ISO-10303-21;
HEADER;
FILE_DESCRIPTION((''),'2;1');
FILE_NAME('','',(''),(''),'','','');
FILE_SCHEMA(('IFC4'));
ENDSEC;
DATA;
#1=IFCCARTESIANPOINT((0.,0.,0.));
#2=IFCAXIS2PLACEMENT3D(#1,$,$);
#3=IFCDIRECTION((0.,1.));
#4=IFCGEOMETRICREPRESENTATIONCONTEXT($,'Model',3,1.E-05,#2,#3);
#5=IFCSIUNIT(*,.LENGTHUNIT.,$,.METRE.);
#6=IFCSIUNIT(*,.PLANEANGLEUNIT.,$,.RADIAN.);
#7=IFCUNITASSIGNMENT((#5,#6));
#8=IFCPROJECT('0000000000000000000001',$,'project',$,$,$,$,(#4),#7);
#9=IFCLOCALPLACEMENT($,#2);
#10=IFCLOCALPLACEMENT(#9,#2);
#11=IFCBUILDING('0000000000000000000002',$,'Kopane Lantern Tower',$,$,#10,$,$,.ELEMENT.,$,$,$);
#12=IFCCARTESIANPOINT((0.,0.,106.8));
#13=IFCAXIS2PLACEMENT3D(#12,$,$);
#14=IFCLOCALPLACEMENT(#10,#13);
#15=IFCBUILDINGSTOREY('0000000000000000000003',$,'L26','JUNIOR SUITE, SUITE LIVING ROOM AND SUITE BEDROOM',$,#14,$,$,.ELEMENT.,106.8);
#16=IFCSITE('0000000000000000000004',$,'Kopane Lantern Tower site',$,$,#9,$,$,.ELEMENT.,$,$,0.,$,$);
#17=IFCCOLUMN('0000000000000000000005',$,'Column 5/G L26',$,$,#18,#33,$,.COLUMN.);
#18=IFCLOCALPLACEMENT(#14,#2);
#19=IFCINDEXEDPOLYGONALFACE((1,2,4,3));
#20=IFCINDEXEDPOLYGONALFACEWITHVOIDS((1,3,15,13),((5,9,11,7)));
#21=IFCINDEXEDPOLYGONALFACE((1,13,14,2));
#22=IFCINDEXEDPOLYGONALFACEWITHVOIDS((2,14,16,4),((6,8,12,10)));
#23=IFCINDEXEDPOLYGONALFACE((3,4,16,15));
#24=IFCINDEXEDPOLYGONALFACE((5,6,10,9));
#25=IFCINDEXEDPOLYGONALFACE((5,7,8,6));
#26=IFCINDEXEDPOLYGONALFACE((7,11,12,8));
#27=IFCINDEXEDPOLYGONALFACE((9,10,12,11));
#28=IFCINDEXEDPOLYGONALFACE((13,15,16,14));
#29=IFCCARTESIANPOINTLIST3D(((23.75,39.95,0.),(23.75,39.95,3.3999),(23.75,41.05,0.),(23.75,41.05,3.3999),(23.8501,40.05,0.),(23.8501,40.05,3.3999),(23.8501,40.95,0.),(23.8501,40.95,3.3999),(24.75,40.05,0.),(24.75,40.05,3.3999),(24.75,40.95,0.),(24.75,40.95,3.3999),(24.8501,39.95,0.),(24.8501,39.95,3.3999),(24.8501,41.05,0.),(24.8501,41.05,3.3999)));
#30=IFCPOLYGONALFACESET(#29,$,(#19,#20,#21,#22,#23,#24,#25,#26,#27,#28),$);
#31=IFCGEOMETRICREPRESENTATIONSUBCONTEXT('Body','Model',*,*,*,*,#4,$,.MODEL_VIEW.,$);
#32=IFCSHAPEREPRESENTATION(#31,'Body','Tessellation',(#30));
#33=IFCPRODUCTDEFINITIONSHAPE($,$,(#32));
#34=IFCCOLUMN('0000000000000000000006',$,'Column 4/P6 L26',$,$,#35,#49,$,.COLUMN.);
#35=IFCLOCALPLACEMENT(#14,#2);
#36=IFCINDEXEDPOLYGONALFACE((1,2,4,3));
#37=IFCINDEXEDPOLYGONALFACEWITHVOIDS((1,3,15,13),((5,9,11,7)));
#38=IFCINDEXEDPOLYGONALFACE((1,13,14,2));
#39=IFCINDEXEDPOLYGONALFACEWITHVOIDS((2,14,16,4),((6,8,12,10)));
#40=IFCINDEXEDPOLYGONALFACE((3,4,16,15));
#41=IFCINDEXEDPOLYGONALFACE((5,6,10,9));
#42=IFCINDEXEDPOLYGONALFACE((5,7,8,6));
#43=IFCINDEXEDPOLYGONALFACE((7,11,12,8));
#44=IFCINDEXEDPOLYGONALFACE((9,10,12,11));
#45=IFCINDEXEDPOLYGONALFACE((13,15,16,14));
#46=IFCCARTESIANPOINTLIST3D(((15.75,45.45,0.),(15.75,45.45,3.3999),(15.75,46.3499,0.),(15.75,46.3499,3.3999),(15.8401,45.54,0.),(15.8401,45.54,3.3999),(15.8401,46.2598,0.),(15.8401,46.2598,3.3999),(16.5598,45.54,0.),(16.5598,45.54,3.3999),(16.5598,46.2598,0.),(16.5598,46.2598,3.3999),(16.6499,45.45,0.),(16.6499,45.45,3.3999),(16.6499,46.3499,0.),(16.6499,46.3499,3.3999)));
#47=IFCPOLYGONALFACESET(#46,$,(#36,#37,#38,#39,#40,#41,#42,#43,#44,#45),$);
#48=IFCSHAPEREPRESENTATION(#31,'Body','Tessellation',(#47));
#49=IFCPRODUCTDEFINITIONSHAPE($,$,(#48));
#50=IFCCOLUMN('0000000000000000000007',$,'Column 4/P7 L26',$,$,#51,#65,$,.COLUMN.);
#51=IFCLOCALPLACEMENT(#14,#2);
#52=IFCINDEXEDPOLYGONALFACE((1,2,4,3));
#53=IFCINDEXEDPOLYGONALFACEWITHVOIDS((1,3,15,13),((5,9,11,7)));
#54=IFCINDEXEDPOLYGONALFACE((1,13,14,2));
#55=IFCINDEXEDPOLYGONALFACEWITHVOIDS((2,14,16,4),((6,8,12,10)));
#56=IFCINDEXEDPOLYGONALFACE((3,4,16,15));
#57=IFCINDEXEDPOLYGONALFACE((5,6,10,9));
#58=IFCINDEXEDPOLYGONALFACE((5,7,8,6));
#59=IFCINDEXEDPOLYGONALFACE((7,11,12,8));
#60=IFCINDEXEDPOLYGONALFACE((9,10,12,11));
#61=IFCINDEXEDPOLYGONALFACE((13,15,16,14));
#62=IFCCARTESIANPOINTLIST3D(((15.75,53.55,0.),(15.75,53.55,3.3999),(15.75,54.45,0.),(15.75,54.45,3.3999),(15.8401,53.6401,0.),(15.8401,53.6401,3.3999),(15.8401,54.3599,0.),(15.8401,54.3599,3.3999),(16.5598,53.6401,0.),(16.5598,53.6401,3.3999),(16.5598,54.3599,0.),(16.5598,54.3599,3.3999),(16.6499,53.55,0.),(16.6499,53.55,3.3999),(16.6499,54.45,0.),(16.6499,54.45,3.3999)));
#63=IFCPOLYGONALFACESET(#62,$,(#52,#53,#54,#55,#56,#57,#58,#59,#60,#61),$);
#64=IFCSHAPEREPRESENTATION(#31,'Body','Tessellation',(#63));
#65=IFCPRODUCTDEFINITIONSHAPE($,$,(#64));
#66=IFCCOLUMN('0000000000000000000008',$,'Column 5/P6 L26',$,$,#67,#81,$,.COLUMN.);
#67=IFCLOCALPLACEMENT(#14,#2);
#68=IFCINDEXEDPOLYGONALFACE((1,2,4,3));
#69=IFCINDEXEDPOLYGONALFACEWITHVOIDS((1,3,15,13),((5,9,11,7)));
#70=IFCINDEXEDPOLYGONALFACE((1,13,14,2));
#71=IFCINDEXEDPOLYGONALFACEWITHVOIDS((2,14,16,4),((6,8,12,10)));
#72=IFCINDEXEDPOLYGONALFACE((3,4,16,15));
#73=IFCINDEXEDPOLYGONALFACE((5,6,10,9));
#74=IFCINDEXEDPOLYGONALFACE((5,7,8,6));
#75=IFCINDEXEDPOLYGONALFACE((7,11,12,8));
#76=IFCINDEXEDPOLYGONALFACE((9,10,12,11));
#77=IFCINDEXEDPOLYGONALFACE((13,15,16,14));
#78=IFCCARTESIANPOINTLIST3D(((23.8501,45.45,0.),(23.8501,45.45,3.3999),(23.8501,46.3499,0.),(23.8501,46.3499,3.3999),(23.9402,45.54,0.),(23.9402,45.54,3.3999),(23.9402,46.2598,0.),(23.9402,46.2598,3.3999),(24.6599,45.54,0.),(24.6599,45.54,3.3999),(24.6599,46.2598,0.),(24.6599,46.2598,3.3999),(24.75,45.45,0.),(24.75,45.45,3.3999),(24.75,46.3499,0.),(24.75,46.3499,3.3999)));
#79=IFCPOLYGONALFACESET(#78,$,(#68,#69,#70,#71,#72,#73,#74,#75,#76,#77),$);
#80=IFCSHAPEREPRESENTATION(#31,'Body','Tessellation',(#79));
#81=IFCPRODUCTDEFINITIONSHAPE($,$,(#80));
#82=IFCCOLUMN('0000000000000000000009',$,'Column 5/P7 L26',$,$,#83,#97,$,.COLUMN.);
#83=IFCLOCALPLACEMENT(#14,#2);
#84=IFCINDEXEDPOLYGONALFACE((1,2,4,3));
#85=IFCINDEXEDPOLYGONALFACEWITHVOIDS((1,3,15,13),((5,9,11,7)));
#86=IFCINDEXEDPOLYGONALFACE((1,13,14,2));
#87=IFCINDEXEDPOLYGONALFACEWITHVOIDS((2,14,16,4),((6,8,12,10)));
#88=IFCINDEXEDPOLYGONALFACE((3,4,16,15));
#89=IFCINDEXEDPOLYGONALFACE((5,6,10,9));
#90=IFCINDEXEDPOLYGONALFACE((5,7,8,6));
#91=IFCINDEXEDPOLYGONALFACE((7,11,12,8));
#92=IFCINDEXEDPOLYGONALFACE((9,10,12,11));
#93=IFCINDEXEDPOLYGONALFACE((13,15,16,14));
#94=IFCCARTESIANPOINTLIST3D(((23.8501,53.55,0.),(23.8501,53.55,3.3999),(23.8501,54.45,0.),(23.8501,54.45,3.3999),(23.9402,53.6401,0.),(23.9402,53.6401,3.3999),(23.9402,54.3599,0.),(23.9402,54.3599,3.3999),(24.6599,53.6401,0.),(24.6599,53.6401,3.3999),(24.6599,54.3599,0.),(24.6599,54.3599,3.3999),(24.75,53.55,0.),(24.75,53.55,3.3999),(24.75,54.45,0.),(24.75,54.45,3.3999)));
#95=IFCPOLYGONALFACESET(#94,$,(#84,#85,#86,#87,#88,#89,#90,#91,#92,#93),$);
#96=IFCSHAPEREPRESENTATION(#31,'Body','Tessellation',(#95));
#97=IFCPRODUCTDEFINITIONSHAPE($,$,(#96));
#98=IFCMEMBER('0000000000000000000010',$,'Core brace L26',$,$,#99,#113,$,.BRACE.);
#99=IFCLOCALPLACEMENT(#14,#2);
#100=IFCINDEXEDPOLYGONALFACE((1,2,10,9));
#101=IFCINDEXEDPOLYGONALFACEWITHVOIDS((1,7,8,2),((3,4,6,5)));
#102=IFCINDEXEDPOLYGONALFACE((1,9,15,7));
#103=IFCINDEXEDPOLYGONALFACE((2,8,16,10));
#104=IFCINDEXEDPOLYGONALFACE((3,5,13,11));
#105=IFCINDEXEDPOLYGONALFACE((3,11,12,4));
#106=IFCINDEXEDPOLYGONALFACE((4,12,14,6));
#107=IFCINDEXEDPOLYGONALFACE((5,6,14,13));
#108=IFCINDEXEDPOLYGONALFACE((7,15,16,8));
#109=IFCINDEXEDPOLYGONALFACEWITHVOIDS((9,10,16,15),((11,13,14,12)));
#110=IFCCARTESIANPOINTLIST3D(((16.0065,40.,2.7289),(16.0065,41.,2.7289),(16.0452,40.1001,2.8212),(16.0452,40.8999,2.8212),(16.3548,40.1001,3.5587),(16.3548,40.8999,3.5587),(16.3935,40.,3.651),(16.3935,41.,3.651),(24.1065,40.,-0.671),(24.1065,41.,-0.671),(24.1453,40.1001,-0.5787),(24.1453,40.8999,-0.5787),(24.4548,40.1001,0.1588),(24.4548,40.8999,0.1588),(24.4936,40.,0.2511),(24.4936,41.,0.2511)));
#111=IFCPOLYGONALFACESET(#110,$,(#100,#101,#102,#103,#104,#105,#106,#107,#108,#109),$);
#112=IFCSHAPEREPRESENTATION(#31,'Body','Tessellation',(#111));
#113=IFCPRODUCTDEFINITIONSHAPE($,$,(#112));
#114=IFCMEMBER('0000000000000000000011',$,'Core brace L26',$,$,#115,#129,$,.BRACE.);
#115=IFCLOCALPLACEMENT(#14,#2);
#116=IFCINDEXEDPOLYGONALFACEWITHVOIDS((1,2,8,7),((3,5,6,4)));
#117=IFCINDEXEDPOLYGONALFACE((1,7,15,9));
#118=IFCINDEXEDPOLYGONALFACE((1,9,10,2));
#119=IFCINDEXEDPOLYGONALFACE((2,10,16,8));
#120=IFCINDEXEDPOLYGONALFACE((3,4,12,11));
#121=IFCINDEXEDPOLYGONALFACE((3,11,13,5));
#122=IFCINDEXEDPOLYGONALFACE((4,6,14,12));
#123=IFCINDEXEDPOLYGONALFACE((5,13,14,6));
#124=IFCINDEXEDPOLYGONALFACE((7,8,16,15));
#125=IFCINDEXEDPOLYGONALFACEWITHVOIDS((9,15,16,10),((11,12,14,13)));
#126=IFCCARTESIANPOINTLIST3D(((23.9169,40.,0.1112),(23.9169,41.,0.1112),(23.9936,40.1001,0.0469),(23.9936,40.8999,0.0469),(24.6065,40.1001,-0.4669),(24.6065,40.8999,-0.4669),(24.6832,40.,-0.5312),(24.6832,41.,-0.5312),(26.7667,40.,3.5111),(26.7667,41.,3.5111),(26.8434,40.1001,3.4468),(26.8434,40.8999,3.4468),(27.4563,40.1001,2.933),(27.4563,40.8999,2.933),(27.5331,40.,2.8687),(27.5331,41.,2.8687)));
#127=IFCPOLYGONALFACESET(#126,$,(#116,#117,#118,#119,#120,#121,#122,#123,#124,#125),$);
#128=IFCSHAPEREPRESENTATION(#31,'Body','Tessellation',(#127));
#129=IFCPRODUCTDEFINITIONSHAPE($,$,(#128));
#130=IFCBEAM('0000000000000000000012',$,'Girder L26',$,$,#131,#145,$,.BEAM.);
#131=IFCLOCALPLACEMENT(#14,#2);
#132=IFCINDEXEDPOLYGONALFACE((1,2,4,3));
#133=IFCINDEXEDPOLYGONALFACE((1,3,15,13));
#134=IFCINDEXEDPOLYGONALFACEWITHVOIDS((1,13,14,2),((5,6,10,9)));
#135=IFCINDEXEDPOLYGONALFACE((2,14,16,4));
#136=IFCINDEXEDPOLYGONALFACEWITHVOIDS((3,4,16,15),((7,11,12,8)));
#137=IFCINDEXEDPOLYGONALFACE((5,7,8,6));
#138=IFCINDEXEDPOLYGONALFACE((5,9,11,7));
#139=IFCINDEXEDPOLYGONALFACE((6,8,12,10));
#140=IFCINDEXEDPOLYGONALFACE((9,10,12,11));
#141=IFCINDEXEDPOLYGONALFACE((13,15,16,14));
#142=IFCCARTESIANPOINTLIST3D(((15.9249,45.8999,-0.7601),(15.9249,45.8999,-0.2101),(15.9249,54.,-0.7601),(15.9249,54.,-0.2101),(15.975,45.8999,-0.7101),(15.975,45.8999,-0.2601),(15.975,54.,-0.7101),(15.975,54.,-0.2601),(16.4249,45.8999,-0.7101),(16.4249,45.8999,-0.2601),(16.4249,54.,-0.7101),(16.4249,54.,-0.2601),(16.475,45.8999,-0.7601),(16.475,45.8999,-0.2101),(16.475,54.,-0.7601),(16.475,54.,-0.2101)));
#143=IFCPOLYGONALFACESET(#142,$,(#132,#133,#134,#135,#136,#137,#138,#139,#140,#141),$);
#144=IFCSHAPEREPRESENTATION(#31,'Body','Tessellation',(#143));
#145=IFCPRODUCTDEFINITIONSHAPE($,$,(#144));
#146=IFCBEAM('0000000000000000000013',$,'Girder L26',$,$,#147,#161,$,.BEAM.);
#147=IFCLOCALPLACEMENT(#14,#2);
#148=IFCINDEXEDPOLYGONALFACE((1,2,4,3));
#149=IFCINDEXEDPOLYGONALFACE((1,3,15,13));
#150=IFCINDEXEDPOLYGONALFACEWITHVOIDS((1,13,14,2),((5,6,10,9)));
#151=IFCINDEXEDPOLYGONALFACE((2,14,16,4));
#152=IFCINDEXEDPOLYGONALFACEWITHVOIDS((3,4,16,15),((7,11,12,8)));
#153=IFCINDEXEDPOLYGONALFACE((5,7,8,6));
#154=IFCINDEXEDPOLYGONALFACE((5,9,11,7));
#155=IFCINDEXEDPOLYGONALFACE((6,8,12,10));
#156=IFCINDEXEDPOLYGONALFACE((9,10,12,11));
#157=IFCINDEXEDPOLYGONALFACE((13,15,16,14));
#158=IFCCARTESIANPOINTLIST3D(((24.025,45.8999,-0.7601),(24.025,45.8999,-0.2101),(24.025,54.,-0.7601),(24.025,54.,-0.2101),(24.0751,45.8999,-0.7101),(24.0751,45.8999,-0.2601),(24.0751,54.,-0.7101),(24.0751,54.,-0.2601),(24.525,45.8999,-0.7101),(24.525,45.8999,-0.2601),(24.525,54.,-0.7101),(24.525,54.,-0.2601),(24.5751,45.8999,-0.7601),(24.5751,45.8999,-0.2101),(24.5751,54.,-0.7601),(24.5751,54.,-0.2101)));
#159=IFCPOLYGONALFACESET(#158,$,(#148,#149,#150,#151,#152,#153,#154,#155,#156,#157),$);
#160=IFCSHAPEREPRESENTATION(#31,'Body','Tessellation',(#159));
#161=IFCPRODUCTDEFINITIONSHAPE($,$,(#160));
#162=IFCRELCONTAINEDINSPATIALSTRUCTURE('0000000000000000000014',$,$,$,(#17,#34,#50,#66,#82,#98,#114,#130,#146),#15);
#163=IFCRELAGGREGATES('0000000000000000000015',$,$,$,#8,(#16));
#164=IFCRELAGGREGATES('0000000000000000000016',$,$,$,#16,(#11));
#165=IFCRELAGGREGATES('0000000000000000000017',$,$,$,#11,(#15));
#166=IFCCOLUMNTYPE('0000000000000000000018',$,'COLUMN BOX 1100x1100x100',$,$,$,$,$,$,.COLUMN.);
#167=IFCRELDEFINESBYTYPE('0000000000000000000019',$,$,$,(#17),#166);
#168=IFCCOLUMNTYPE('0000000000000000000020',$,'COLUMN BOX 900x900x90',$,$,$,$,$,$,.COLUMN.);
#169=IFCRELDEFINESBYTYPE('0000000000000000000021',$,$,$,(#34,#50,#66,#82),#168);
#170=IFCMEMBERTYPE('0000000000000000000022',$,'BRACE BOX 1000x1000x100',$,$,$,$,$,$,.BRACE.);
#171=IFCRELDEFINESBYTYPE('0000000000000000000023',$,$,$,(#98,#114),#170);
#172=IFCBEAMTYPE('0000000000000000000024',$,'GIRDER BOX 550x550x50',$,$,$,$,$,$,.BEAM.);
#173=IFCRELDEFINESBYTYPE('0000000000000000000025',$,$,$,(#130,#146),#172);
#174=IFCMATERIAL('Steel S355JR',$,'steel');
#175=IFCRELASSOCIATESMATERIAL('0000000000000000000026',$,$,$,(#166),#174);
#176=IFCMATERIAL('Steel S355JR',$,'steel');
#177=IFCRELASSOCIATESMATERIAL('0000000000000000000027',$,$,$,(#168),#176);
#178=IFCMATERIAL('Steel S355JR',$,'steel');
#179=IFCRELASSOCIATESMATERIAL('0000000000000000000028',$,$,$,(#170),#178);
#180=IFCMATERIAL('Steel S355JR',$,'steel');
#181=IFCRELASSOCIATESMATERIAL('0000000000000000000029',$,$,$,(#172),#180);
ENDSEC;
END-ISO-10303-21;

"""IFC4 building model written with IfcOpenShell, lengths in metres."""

from ifc_helpers import new_model, si_unit, direction, frame, origin, origin_2d, place, context, subcontext, project, spatial, hollow_rectangle, extrude, material, material_profile, profile_set, type_object, element, save


model = new_model("IFC4")

# Units and contexts
model_context = context("Model", 3, precision=1e-05, world=origin(), true_north=direction((0.0, 1.0)))
body_context = subcontext(model_context, "Body", "Model", "MODEL_VIEW")
ifc_project = project(units=[si_unit("LENGTHUNIT", "METRE"), si_unit("PLANEANGLEUNIT", "RADIAN")], contexts=[model_context])

# Site, building, storey
site_placement = place(None, origin())
site = spatial("IfcSite", under=ifc_project, at=site_placement, Name="Kopane Lantern Tower site", CompositionType="ELEMENT", RefElevation=0.0)
building_placement = place(site_placement, origin())
building = spatial("IfcBuilding", under=site, at=building_placement, Name="Kopane Lantern Tower", CompositionType="ELEMENT")
storey_placement = place(building_placement, frame((0.0, 0.0, 106.8)))
storey = spatial("IfcBuildingStorey", under=building, at=storey_placement, Name="L26", Description="JUNIOR SUITE, SUITE LIVING ROOM AND SUITE BEDROOM", CompositionType="ELEMENT", Elevation=106.8)

# Columns
ifc_material_1 = material(Name="Steel S355JR", Category="steel")
ifc_material_profile_1 = material_profile(ifc_material_1, hollow_rectangle(XDim=1.1001, YDim=1.1001, WallThickness=0.1001, at=origin_2d()), Name="BOX 1100x1100x100")
ifc_profile_set_1 = profile_set([ifc_material_profile_1], Name="Steel S355JR")
column_type_1 = type_object("IfcColumnType", Name="COLUMN BOX 1100x1100x100", PredefinedType="COLUMN", material=ifc_profile_set_1)
column_placement = place(storey_placement, frame((24.3, 40.5, 0.0), z_axis=(0.0, 0.0, 1.0), x_axis=(1.0, 0.0, 0.0)))
element("IfcColumn", 1, at=column_placement, inside=storey, type_object=column_type_1, Name="Column 5/G L26", PredefinedType="COLUMN", context=body_context, shape_type="SweptSolid", body=[
    extrude(hollow_rectangle(XDim=1.1001, YDim=1.1001, WallThickness=0.1001, at=origin_2d()), origin(), (0.0, 0.0, 1.0), 3.3999),
])
ifc_material_2 = material(Name="Steel S355JR", Category="steel")
ifc_material_profile_2 = material_profile(ifc_material_2, hollow_rectangle(XDim=0.8999, YDim=0.8999, WallThickness=0.0901, at=origin_2d()), Name="BOX 900x900x90")
ifc_profile_set_2 = profile_set([ifc_material_profile_2], Name="Steel S355JR")
column_type_2 = type_object("IfcColumnType", Name="COLUMN BOX 900x900x90", PredefinedType="COLUMN", material=ifc_profile_set_2)
for number, where, z_axis, x_axis, name in (
    (2, (16.2, 45.8999, 0.0), (0.0, 0.0, 1.0), (1.0, 0.0, 0.0), "Column 4/P6 L26"),
    (3, (16.2, 54.0, 0.0), (0.0, 0.0, 1.0), (1.0, 0.0, 0.0), "Column 4/P7 L26"),
    (4, (24.3, 45.8999, 0.0), (0.0, 0.0, 1.0), (1.0, 0.0, 0.0), "Column 5/P6 L26"),
    (5, (24.3, 54.0, 0.0), (0.0, 0.0, 1.0), (1.0, 0.0, 0.0), "Column 5/P7 L26"),
):
    element("IfcColumn", number, at=place(storey_placement, frame(where, z_axis=z_axis, x_axis=x_axis)), inside=storey, type_object=column_type_2, Name=name, PredefinedType="COLUMN", context=body_context, shape_type="SweptSolid", body=[
        extrude(hollow_rectangle(XDim=0.8999, YDim=0.8999, WallThickness=0.0901, at=origin_2d()), origin(), (0.0, 0.0, 1.0), 3.3999),
    ])

# Members
ifc_material_3 = material(Name="Steel S355JR", Category="steel")
ifc_material_profile_3 = material_profile(ifc_material_3, hollow_rectangle(XDim=1.0, YDim=1.0, WallThickness=0.1001, at=origin_2d()), Name="BOX 1000x1000x100")
ifc_profile_set_3 = profile_set([ifc_material_profile_3], Name="Steel S355JR")
member_type = type_object("IfcMemberType", Name="BRACE BOX 1000x1000x100", PredefinedType="BRACE", material=ifc_profile_set_3)
member_1_placement = place(storey_placement, frame((24.3, 40.5, -0.21), z_axis=(-0.922069, 0.0, 0.387026), x_axis=(0.0, -1.0, 0.0)))
element("IfcMember", 6, at=member_1_placement, inside=storey, type_object=member_type, Name="Core brace L26", PredefinedType="BRACE", context=body_context, shape_type="SweptSolid", body=[
    extrude(hollow_rectangle(XDim=1.0, YDim=1.0, WallThickness=0.1001, at=origin_2d()), origin(), (0.0, 0.0, 1.0), 8.7847),
])
member_2_placement = place(storey_placement, frame((24.3, 40.5, -0.21), z_axis=(0.64239, 0.0, 0.766378), x_axis=(0.0, 1.0, 0.0)))
element("IfcMember", 7, at=member_2_placement, inside=storey, type_object=member_type, Name="Core brace L26", PredefinedType="BRACE", context=body_context, shape_type="SweptSolid", body=[
    extrude(hollow_rectangle(XDim=1.0, YDim=1.0, WallThickness=0.1001, at=origin_2d()), origin(), (0.0, 0.0, 1.0), 4.4363),
])

# Beams
ifc_material_4 = material(Name="Steel S355JR", Category="steel")
ifc_material_profile_4 = material_profile(ifc_material_4, hollow_rectangle(XDim=0.55, YDim=0.55, WallThickness=0.05, at=origin_2d()), Name="BOX 550x550x50")
ifc_profile_set_4 = profile_set([ifc_material_profile_4], Name="Steel S355JR")
beam_type_1 = type_object("IfcBeamType", Name="GIRDER BOX 550x550x50", PredefinedType="BEAM", material=ifc_profile_set_4)
for number, where, z_axis, x_axis, name in (
    (8, (16.2, 45.8999, -0.4851), (0.0, 1.0, 0.0), (-1.0, 0.0, 0.0), "Girder L26"),
    (9, (24.3, 45.8999, -0.4851), (0.0, 1.0, 0.0), (-1.0, 0.0, 0.0), "Girder L26"),
):
    element("IfcBeam", number, at=place(storey_placement, frame(where, z_axis=z_axis, x_axis=x_axis)), inside=storey, type_object=beam_type_1, Name=name, PredefinedType="BEAM", context=body_context, shape_type="SweptSolid", body=[
        extrude(hollow_rectangle(XDim=0.55, YDim=0.55, WallThickness=0.05, at=origin_2d()), origin(), (0.0, 0.0, 1.0), 8.1001),
    ])

save(model, "model.ifc")
